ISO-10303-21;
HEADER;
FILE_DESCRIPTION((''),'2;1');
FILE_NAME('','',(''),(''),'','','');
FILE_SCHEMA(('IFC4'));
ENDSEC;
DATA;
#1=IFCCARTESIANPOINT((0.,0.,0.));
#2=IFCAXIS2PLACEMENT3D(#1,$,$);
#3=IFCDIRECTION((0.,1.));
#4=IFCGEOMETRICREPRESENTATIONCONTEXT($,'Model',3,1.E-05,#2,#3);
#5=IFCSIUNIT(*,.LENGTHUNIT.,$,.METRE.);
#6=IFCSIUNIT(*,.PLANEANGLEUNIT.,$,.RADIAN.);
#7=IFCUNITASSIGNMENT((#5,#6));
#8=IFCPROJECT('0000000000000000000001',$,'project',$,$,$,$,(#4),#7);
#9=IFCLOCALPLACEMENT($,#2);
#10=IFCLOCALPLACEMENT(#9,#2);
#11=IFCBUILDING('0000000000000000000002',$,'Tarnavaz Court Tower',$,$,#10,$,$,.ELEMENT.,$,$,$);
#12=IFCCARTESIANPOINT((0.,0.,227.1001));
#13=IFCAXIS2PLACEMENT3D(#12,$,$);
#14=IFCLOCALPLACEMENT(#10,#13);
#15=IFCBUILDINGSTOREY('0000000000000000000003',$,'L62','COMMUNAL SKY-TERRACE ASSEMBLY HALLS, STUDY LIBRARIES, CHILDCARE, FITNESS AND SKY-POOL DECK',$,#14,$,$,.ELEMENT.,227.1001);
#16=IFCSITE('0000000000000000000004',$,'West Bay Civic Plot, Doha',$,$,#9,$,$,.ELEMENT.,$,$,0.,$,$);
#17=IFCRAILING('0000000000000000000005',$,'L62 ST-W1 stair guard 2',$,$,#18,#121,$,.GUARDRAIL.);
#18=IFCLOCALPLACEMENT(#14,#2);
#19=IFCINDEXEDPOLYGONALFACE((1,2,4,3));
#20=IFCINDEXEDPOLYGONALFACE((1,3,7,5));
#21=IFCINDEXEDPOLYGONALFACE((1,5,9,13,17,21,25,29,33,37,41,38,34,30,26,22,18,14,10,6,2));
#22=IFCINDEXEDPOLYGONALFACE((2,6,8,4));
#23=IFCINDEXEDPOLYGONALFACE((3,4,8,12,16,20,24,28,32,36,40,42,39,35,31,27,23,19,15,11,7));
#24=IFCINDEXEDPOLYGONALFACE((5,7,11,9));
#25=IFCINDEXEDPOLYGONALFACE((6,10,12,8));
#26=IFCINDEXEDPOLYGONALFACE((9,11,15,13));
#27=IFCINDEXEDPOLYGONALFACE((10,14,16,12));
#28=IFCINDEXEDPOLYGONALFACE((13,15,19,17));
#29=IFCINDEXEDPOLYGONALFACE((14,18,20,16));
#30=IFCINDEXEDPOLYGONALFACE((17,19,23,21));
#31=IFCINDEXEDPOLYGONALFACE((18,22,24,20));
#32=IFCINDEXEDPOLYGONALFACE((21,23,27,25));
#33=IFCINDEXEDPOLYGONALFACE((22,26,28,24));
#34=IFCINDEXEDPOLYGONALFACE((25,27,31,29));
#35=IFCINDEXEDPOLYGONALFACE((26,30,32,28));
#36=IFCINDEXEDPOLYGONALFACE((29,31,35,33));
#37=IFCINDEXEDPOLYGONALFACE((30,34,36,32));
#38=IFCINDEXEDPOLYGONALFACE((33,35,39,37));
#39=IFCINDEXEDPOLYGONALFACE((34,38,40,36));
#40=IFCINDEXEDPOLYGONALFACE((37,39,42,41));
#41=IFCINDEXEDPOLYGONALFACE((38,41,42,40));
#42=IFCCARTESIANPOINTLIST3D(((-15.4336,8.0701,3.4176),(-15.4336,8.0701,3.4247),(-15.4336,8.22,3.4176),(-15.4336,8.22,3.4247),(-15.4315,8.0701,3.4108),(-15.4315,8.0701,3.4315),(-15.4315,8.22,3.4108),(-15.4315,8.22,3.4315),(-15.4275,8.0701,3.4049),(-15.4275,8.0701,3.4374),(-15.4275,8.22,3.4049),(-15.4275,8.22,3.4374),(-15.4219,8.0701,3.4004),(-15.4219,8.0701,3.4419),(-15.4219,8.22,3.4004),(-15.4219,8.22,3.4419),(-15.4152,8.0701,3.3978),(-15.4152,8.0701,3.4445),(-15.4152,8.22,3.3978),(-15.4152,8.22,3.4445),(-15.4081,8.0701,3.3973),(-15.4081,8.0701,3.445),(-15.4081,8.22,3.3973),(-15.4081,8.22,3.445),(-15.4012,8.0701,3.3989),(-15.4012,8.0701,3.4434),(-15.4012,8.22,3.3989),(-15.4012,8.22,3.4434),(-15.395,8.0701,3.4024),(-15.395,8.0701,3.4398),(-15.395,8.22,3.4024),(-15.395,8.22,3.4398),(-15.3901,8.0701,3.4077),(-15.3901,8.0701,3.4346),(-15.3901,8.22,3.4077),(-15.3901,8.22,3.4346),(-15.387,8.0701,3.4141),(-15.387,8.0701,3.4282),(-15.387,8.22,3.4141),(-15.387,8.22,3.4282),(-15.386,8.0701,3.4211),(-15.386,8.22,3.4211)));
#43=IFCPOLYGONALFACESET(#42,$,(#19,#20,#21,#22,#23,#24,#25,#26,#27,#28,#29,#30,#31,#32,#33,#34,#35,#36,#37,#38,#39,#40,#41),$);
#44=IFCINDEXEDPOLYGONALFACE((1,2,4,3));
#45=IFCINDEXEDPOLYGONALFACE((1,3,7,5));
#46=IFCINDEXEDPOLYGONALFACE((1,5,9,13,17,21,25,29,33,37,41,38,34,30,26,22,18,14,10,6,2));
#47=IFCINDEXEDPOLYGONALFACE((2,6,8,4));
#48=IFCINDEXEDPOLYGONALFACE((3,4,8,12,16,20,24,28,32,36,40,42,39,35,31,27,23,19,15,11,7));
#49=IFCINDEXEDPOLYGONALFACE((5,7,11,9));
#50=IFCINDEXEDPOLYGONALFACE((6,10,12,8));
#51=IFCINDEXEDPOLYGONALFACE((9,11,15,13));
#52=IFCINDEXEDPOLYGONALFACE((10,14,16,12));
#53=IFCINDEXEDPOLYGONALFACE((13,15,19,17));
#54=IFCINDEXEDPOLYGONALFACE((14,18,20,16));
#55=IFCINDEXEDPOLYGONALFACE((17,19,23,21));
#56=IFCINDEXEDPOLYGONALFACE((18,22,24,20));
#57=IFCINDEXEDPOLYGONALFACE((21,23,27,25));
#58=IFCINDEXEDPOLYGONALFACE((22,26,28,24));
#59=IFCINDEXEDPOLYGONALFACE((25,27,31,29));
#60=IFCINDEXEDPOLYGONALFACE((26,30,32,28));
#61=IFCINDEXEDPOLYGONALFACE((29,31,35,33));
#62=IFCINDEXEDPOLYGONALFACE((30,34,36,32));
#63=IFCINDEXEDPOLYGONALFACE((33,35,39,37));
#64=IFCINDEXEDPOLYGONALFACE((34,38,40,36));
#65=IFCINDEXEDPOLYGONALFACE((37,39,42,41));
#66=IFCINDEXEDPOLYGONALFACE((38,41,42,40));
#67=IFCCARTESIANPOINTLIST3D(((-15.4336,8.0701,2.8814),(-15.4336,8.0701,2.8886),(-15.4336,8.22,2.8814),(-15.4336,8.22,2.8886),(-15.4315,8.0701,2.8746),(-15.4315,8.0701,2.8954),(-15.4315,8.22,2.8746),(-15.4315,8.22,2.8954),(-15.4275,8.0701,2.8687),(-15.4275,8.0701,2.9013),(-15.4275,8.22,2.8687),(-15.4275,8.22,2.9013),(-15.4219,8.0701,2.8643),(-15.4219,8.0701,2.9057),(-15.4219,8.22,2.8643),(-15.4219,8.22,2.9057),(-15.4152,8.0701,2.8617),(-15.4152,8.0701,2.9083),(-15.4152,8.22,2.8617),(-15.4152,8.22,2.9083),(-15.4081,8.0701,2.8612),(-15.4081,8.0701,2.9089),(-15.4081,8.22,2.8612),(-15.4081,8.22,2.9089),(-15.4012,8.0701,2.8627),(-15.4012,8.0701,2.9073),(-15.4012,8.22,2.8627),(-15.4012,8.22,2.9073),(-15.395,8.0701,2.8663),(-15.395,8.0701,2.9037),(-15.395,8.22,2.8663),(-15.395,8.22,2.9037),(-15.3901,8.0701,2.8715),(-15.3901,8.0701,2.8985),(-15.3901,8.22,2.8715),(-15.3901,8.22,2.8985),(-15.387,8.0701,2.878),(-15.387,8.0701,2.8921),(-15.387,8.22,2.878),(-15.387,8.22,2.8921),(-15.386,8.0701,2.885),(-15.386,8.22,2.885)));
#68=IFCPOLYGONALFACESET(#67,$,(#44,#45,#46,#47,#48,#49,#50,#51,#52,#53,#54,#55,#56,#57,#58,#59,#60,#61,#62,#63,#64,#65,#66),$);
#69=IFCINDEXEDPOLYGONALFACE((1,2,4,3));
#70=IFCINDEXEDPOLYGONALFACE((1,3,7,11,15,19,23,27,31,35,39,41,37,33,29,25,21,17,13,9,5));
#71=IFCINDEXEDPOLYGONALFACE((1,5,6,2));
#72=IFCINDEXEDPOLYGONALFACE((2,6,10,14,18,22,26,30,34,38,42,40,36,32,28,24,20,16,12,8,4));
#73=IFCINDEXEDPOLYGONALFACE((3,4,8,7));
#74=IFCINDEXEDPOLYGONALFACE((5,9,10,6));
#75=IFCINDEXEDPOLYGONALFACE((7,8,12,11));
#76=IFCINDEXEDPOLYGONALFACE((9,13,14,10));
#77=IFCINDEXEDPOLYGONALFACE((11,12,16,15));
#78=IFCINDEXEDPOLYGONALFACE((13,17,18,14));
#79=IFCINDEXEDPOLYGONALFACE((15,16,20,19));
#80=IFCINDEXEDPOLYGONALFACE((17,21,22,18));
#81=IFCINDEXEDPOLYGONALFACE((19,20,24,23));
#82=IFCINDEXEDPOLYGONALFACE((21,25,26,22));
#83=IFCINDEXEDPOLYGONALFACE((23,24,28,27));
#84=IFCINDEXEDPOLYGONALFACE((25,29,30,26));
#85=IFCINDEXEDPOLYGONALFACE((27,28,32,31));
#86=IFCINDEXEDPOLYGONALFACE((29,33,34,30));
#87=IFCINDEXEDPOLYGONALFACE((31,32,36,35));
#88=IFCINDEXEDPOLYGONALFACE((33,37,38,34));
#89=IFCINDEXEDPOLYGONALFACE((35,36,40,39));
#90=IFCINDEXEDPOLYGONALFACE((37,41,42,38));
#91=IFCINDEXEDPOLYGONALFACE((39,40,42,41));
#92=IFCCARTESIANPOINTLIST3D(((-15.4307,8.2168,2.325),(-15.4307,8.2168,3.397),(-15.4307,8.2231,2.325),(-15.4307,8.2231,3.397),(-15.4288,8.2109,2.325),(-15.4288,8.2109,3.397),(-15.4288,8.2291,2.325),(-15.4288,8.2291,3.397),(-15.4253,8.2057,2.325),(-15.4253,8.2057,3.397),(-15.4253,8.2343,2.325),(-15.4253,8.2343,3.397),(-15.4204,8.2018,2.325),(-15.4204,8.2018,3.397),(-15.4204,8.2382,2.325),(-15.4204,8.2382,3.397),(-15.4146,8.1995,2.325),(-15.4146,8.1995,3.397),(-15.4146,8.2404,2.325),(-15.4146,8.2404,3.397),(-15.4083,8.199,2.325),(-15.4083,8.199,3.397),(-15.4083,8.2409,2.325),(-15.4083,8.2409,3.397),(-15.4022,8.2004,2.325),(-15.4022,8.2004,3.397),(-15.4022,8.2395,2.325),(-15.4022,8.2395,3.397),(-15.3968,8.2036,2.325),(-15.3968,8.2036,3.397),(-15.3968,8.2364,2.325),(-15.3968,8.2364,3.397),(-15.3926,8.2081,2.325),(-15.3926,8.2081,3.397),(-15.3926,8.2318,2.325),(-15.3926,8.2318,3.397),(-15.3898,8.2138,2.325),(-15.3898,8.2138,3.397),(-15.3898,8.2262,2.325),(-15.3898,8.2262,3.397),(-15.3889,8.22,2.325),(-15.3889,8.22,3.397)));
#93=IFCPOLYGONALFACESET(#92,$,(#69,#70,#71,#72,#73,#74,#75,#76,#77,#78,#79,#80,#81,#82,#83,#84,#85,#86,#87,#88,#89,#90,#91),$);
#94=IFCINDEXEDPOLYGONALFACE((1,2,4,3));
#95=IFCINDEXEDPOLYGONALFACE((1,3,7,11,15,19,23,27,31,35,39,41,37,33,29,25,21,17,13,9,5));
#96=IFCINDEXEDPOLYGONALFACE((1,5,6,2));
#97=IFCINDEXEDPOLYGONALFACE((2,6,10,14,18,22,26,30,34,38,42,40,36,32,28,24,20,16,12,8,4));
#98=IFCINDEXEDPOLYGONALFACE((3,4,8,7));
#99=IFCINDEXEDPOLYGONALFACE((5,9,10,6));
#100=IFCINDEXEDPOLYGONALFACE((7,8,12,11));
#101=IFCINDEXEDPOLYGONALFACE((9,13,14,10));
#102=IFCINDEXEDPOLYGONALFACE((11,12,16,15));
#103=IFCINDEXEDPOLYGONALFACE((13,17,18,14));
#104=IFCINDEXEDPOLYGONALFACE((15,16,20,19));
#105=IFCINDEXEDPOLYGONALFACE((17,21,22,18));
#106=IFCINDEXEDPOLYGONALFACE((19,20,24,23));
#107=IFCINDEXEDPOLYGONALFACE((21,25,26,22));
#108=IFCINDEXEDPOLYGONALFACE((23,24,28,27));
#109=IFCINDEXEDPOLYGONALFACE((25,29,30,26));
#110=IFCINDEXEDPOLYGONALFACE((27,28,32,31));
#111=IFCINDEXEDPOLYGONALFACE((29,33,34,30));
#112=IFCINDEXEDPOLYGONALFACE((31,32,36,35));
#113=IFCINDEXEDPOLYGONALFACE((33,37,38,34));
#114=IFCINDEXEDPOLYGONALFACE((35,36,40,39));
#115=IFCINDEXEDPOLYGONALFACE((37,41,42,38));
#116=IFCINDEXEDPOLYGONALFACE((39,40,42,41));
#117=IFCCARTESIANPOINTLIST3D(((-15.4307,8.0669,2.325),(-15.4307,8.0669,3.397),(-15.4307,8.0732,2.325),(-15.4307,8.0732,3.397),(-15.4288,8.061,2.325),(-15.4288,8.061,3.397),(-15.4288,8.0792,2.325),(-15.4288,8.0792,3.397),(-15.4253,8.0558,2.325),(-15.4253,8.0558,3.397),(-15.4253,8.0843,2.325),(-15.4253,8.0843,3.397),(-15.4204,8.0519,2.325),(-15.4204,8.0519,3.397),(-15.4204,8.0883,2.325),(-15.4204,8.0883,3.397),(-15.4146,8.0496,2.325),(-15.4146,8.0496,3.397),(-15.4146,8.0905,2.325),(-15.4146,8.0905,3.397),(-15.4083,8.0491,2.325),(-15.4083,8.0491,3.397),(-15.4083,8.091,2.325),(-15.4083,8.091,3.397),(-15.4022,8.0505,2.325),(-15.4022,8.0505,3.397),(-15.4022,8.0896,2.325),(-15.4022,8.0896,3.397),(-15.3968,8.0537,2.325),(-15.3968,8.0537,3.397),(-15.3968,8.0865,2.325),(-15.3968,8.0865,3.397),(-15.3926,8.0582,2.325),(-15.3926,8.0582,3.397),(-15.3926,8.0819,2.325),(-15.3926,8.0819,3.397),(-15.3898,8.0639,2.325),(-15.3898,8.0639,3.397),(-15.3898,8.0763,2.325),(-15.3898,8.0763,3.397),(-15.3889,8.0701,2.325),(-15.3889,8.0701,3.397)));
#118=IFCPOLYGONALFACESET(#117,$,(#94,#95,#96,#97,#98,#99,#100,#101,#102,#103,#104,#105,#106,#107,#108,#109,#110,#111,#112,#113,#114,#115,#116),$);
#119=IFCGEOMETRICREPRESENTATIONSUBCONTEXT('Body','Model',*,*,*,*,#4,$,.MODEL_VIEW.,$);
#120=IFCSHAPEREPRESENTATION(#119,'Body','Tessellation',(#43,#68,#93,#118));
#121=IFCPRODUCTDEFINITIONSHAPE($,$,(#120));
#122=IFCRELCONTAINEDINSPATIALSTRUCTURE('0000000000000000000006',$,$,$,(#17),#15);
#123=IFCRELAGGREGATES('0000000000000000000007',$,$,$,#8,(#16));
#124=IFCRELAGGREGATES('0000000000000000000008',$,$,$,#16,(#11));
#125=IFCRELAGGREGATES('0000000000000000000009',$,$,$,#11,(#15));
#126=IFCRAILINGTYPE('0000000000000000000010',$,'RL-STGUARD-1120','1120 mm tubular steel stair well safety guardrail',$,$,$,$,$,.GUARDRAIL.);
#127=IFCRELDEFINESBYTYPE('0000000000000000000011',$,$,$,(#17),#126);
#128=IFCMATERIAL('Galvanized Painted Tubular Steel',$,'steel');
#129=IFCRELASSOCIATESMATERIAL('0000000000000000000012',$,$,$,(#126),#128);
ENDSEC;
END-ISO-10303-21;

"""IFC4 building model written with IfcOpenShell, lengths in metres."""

from ifc_helpers import new_model, si_unit, direction, frame, origin, origin_2d, place, context, subcontext, project, spatial, circle, extrude, material, type_object, element, save


model = new_model("IFC4")

# Units and contexts
model_context = context("Model", 3, precision=1e-05, world=origin(), true_north=direction((0.0, 1.0)))
body_context = subcontext(model_context, "Body", "Model", "MODEL_VIEW")
ifc_project = project(units=[si_unit("LENGTHUNIT", "METRE"), si_unit("PLANEANGLEUNIT", "RADIAN")], contexts=[model_context])

# Site, building, storey
site_placement = place(None, origin())
site = spatial("IfcSite", under=ifc_project, at=site_placement, Name="West Bay Civic Plot, Doha", CompositionType="ELEMENT", RefElevation=0.0)
building_placement = place(site_placement, origin())
building = spatial("IfcBuilding", under=site, at=building_placement, Name="Tarnavaz Court Tower", CompositionType="ELEMENT")
storey_placement = place(building_placement, frame((0.0, 0.0, 227.1001)))
storey = spatial("IfcBuildingStorey", under=building, at=storey_placement, Name="L62", Description="COMMUNAL SKY-TERRACE ASSEMBLY HALLS, STUDY LIBRARIES, CHILDCARE, FITNESS AND SKY-POOL DECK", CompositionType="ELEMENT", Elevation=227.1001)

# Railing
ifc_material_1 = material(Name="Galvanized Painted Tubular Steel", Category="steel")
railing_type_1 = type_object("IfcRailingType", Name="RL-STGUARD-1120", Description="1120 mm tubular steel stair well safety guardrail", PredefinedType="GUARDRAIL", material=ifc_material_1)
railing_1_placement = place(storey_placement, frame((-15.4099, 8.22, 2.325)))
element("IfcRailing", 1, at=railing_1_placement, inside=storey, type_object=railing_type_1, Name="L62 ST-W1 stair guard 2", PredefinedType="GUARDRAIL", context=body_context, shape_type="SweptSolid", body=[
    extrude(circle(Radius=0.0239, at=origin_2d()), frame((0.0, 0.0, 1.0962), z_axis=(0.0, -1.0, 0.0), x_axis=(1.0, 0.0, 0.0)), (0.0, 0.0, 1.0), 0.1499),
    extrude(circle(Radius=0.0239, at=origin_2d()), frame((0.0, 0.0, 0.5601), z_axis=(0.0, -1.0, 0.0), x_axis=(1.0, 0.0, 0.0)), (0.0, 0.0, 1.0), 0.1499),
    extrude(circle(Radius=0.021, at=origin_2d()), origin(), (0.0, 0.0, 1.0), 1.072),
    extrude(circle(Radius=0.021, at=origin_2d()), frame((0.0, -0.1499, 0.0)), (0.0, 0.0, 1.0), 1.072),
])

save(model, "model.ifc")
